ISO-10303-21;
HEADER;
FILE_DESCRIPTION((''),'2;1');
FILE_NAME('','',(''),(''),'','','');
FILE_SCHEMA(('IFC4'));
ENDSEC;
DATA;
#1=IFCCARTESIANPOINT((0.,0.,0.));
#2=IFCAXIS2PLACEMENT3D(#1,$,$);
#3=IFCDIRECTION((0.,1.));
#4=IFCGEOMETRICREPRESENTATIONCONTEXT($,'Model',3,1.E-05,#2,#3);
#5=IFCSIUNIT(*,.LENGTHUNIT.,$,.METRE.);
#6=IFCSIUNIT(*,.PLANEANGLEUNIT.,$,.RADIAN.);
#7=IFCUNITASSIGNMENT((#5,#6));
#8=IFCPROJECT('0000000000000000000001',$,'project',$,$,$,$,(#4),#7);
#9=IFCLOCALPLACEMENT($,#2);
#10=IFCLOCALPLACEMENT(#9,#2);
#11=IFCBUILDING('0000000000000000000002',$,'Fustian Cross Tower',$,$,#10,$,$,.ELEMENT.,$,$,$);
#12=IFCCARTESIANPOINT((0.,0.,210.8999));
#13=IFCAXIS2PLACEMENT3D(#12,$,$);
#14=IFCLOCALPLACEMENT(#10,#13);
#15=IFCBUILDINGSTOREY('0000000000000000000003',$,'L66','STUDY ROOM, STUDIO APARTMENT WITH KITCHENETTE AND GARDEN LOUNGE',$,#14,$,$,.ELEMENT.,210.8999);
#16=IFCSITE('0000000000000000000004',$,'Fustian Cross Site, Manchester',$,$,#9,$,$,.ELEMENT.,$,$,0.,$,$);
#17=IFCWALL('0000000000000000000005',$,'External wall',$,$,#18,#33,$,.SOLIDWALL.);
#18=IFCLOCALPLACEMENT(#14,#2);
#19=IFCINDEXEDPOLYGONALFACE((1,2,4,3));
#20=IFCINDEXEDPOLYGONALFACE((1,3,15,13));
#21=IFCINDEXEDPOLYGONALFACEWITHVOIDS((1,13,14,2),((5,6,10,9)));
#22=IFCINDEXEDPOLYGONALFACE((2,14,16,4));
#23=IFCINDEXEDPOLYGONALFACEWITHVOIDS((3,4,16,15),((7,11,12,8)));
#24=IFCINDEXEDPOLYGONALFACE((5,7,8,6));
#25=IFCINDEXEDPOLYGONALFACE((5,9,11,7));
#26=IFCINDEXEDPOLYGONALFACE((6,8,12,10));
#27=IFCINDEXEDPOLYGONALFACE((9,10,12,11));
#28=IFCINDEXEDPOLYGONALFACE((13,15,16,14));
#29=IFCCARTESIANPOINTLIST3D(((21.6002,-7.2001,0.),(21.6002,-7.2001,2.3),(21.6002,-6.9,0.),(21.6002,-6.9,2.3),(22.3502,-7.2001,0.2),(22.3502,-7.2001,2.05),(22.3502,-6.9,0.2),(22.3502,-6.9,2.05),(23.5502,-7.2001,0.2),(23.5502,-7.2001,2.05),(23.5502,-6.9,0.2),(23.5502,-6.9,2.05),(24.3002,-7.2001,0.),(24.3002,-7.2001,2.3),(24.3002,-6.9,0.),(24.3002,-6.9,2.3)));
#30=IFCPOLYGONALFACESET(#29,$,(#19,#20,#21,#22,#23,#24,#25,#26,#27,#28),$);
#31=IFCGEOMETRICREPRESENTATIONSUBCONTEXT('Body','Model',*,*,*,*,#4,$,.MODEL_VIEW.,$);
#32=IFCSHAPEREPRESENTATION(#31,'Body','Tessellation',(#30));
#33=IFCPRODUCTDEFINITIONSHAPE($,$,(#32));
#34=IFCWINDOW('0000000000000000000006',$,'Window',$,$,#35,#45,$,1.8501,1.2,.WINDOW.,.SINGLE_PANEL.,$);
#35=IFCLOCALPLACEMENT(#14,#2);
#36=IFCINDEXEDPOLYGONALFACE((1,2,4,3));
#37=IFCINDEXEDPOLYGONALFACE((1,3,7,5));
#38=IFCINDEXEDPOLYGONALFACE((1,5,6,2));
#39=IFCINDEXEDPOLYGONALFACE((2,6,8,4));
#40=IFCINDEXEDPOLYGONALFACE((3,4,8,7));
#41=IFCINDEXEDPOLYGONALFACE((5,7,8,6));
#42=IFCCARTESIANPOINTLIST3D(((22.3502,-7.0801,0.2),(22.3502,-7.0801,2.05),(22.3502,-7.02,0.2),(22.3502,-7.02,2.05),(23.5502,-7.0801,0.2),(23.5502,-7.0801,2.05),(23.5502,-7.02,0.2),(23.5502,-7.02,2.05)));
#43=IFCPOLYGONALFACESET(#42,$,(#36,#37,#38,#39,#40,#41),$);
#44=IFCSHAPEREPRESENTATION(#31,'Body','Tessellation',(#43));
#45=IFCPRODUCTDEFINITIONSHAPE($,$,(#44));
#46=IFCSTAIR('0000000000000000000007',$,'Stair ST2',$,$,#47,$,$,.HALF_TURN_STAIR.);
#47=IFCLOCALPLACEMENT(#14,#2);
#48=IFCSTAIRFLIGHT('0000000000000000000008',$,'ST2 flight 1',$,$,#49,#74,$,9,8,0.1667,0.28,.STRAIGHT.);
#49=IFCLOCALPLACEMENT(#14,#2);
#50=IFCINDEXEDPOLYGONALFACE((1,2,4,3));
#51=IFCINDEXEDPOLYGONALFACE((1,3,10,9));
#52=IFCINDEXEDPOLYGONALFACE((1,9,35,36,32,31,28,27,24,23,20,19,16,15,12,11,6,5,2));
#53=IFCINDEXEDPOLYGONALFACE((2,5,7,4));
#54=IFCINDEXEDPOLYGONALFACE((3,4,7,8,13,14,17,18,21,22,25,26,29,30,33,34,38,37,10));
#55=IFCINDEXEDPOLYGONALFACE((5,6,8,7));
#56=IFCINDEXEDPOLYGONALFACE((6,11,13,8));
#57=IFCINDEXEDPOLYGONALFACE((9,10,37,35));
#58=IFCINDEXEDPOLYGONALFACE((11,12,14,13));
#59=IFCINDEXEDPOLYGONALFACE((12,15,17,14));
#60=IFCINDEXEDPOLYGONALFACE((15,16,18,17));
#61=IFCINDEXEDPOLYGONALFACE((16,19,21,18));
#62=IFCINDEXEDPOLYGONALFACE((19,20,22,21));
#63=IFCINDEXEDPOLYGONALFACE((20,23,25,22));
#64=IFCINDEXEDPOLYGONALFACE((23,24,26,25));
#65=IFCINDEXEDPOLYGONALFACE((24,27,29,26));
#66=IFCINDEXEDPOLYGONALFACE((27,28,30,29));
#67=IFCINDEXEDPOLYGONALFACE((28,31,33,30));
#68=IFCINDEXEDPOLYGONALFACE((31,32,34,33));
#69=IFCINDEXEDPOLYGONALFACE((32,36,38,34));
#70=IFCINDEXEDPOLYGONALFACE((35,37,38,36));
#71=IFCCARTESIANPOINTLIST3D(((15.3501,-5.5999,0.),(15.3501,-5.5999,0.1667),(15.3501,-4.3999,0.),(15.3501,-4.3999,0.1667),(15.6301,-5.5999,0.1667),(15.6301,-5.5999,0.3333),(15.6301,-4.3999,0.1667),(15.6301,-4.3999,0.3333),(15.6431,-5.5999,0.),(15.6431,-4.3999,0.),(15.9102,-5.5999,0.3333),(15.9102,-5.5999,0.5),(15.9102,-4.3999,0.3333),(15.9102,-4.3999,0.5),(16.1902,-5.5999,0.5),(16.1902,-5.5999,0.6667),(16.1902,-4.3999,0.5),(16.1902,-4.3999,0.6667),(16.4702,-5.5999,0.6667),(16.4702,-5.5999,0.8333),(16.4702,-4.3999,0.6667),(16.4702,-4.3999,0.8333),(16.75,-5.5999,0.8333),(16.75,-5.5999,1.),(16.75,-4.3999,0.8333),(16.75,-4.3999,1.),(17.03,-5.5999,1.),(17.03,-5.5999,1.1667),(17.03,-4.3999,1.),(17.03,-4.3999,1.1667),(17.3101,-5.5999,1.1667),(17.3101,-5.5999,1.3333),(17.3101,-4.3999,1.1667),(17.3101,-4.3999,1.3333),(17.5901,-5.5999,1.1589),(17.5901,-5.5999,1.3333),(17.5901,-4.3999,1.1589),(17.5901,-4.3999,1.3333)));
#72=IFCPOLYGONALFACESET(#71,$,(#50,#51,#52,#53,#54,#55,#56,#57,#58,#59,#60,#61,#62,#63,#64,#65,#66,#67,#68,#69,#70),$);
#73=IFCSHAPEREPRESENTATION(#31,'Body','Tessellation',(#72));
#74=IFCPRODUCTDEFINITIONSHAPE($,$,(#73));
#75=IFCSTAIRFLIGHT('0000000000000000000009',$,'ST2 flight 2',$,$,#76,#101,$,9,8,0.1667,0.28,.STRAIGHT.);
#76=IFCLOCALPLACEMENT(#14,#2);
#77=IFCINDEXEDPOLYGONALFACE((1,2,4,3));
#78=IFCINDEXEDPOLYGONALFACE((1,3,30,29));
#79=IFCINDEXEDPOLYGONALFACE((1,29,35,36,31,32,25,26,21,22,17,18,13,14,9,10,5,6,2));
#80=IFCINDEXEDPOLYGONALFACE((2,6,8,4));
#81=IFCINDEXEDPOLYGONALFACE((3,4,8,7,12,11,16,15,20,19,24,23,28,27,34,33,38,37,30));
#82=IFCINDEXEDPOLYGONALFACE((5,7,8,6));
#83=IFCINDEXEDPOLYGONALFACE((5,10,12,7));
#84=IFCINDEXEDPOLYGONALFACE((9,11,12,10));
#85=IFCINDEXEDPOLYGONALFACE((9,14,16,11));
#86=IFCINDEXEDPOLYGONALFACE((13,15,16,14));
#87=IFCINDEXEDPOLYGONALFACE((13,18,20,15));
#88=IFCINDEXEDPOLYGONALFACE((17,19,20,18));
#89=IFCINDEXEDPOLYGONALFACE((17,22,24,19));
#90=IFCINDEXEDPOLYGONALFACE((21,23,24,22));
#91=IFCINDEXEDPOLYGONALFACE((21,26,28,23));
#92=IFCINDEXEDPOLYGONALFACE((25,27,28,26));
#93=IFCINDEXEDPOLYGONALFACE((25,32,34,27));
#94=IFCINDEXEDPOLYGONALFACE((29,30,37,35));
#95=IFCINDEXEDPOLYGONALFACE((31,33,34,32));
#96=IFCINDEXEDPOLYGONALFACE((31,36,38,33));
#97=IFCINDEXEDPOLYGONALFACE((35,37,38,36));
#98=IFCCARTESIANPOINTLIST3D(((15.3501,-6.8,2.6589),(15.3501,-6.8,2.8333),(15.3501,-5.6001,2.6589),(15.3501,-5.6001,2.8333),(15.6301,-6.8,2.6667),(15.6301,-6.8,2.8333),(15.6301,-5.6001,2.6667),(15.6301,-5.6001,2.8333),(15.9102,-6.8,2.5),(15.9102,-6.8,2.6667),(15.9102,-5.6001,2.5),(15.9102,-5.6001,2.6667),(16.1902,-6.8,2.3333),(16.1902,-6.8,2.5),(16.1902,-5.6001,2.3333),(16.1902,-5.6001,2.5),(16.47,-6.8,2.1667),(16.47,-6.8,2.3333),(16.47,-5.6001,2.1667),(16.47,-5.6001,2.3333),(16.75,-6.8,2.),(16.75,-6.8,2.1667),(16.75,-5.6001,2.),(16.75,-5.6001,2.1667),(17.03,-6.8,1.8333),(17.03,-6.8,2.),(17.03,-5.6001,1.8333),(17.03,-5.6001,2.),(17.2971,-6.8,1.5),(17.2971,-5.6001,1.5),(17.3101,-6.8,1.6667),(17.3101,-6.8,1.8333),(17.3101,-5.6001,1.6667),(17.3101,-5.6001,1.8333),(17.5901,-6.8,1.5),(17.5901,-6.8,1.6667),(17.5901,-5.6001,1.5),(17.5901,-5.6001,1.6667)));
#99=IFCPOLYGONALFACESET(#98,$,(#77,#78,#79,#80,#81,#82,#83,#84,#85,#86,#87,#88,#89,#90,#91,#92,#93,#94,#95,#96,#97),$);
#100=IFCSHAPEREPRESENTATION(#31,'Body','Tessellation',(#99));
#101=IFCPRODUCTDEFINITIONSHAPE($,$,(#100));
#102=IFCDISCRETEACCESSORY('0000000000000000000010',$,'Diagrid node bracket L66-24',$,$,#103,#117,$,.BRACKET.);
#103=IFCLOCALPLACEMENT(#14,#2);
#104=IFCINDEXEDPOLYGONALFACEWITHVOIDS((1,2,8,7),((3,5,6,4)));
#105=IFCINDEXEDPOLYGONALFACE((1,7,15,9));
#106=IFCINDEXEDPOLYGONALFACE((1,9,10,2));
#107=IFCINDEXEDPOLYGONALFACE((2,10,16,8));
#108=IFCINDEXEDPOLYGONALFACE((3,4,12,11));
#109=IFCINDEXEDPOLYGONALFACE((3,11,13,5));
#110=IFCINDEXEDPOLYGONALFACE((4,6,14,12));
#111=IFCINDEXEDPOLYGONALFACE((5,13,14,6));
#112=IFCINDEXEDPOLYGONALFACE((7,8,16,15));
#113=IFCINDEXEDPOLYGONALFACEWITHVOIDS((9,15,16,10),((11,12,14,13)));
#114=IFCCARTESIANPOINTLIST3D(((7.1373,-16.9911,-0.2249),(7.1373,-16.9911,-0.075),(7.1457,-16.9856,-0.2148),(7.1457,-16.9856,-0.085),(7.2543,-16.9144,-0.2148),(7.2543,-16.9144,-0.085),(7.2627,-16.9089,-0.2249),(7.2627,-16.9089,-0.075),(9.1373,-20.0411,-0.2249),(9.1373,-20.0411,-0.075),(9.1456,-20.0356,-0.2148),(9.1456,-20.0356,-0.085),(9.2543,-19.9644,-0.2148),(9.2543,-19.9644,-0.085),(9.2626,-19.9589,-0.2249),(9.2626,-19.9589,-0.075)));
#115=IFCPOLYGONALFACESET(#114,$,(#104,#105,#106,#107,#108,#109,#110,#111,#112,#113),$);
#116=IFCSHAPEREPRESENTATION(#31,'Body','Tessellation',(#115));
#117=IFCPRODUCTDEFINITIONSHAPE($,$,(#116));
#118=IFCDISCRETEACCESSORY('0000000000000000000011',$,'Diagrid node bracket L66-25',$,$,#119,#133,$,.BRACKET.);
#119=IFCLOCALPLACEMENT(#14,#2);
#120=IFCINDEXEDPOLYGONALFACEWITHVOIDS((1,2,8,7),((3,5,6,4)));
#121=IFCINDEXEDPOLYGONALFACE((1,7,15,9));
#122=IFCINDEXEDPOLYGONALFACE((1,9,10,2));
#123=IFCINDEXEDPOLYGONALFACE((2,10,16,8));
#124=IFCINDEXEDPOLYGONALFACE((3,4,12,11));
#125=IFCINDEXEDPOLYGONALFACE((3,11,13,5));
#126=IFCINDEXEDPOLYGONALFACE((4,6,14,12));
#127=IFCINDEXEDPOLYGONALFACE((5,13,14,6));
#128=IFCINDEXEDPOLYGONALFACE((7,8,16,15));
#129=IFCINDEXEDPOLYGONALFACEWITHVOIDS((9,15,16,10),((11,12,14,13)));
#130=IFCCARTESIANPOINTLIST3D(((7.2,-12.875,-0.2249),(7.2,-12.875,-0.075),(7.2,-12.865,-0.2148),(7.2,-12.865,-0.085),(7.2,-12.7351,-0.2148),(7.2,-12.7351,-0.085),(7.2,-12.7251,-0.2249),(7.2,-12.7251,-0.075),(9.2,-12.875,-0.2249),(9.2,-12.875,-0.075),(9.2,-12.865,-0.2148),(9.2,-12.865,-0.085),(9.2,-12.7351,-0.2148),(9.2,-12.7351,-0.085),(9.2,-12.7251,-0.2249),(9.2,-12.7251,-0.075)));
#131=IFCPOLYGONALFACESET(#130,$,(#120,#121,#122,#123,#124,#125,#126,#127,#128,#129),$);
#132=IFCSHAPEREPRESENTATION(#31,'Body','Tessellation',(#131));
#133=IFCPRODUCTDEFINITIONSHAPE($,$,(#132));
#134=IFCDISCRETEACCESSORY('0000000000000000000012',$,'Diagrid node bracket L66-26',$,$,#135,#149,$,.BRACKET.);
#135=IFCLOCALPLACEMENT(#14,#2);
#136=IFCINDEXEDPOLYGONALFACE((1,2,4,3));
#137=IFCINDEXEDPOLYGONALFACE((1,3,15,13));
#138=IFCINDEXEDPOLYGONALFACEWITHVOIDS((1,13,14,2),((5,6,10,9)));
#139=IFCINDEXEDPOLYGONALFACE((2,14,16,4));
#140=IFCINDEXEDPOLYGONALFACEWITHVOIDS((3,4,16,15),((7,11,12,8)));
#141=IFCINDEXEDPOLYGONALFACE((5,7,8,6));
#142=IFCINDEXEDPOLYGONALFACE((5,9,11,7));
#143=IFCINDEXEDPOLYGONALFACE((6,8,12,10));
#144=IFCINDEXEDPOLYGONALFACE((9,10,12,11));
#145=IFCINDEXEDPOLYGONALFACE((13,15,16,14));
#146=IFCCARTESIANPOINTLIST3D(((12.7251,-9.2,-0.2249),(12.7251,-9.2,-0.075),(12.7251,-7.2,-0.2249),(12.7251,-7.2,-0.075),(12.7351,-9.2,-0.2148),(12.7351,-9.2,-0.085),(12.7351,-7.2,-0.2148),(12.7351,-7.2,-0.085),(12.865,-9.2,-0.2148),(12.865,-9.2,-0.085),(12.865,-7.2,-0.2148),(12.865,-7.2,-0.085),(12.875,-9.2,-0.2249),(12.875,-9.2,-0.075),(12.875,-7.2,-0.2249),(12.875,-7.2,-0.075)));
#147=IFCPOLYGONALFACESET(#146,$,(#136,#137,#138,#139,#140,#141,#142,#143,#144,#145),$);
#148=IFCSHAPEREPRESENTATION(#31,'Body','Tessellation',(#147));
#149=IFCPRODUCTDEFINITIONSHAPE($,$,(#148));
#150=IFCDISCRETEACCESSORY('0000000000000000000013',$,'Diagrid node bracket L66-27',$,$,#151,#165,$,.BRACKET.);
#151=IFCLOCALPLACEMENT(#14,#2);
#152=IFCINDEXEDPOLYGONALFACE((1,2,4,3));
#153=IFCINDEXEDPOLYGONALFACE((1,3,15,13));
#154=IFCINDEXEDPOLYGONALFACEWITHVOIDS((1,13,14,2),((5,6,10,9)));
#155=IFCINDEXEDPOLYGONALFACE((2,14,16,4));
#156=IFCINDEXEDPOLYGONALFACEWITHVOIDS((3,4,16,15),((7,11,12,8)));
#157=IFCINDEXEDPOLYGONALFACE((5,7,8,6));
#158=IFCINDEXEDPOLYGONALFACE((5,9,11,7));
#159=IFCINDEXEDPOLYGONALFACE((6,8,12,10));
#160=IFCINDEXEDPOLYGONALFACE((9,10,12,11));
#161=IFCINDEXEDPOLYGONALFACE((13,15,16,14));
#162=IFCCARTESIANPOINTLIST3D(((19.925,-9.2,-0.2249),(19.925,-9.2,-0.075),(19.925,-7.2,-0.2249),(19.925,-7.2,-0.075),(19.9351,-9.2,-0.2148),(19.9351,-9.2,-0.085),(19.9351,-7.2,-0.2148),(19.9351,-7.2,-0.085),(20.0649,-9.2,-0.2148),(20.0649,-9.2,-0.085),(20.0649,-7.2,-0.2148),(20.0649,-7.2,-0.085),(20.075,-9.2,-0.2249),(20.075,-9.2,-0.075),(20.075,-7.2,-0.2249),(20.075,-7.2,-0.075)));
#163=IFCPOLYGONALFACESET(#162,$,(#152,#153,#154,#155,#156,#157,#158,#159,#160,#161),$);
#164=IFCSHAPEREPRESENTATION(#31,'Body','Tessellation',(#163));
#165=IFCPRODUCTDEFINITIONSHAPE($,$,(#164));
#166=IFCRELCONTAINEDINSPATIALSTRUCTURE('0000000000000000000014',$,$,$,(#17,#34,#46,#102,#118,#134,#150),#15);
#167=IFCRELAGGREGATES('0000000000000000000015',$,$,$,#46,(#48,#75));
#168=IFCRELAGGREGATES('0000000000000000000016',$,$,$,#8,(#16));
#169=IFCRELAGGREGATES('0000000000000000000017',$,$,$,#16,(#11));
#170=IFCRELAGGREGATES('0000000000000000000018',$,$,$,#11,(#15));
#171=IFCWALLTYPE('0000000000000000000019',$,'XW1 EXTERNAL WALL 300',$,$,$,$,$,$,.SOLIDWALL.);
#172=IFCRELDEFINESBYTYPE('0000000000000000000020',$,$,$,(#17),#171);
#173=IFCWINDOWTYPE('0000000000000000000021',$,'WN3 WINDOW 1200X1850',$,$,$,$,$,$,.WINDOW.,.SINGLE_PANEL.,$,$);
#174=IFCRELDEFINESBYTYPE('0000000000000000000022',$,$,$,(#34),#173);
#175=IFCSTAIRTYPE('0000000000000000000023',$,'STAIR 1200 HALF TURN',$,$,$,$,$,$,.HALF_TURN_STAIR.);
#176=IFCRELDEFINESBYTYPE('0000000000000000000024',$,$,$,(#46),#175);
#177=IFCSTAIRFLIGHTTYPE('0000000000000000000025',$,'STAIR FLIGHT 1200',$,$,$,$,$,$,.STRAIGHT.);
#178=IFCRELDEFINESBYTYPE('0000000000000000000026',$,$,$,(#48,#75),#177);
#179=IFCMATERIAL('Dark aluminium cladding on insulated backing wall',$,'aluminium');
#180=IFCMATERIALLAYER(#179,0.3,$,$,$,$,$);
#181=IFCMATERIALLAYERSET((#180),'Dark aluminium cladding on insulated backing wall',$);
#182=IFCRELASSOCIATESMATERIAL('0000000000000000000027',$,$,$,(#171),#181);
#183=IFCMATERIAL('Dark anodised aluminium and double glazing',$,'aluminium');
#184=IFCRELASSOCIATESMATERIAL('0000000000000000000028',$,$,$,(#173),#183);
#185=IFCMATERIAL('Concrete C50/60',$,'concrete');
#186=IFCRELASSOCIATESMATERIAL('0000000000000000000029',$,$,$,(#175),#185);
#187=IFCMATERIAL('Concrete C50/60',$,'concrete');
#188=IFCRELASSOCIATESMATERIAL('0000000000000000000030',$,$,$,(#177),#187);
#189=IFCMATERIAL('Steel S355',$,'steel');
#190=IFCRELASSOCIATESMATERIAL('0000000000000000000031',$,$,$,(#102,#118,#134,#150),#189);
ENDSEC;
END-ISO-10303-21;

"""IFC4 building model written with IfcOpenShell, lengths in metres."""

from ifc_helpers import new_model, si_unit, direction, frame, frame_2d, origin, origin_2d, place, context, subcontext, project, spatial, polyline, rectangle, hollow_rectangle, outline, extrude, material, layer, layer_set, type_object, element, fill, aggregate, save


model = new_model("IFC4")

# Units and contexts
model_context = context("Model", 3, precision=1e-05, world=origin(), true_north=direction((0.0, 1.0)))
body_context = subcontext(model_context, "Body", "Model", "MODEL_VIEW")
ifc_project = project(units=[si_unit("LENGTHUNIT", "METRE"), si_unit("PLANEANGLEUNIT", "RADIAN")], contexts=[model_context])

# Site, building, storey
site_placement = place(None, origin())
site = spatial("IfcSite", under=ifc_project, at=site_placement, Name="Fustian Cross Site, Manchester", CompositionType="ELEMENT", RefElevation=0.0)
building_placement = place(site_placement, origin())
building = spatial("IfcBuilding", under=site, at=building_placement, Name="Fustian Cross Tower", CompositionType="ELEMENT")
storey_placement = place(building_placement, frame((0.0, 0.0, 210.8999)))
storey = spatial("IfcBuildingStorey", under=building, at=storey_placement, Name="L66", Description="STUDY ROOM, STUDIO APARTMENT WITH KITCHENETTE AND GARDEN LOUNGE", CompositionType="ELEMENT", Elevation=210.8999)

# Wall, opening, window
ifc_material_1 = material(Name="Dark aluminium cladding on insulated backing wall", Category="aluminium")
ifc_layer_1 = layer(ifc_material_1, 0.3)
ifc_layer_set_1 = layer_set([ifc_layer_1], Name="Dark aluminium cladding on insulated backing wall")
wall_type_1 = type_object("IfcWallType", Name="XW1 EXTERNAL WALL 300", PredefinedType="SOLIDWALL", material=ifc_layer_set_1)
wall_1_placement = place(storey_placement, frame((21.6001, -7.05, 0.0), z_axis=(0.0, 0.0, 1.0), x_axis=(1.0, 0.0, 0.0)))
wall_1 = element("IfcWall", 1, at=wall_1_placement, inside=storey, type_object=wall_type_1, Name="External wall", PredefinedType="SOLIDWALL", context=body_context, shape_type="SweptSolid", body=[
    extrude(rectangle(XDim=2.7, YDim=0.3, at=frame_2d((1.3501, 0.0))), origin(), (0.0, 0.0, 1.0), 2.3),
])
opening_1_placement = place(wall_1_placement, frame((0.75, 0.0, 0.2)))
opening_1 = element("IfcOpeningElement", 2, at=opening_1_placement, cuts=wall_1, PredefinedType="OPENING", context=body_context, shape_type="SweptSolid", body=[
    extrude(rectangle(XDim=1.2, YDim=1.8501, at=frame_2d((0.6001, 0.925))), frame((0.0, 0.1599, 0.0), z_axis=(0.0, -1.0, 0.0), x_axis=(1.0, 0.0, 0.0)), (0.0, 0.0, 1.0), 0.3201),
])
ifc_material_2 = material(Name="Dark anodised aluminium and double glazing", Category="aluminium")
window_type = type_object("IfcWindowType", Name="WN3 WINDOW 1200X1850", PartitioningType="SINGLE_PANEL", PredefinedType="WINDOW", material=ifc_material_2)
window_placement = place(opening_1_placement, origin())
window = element("IfcWindow", 3, at=window_placement, inside=storey, type_object=window_type, Name="Window", OverallHeight=1.8501, OverallWidth=1.2, PartitioningType="SINGLE_PANEL", PredefinedType="WINDOW", context=body_context, shape_type="SweptSolid", body=[
    extrude(rectangle(XDim=1.2, YDim=1.8501, at=frame_2d((0.6001, 0.925))), frame((0.0, 0.03, 0.0), z_axis=(0.0, -1.0, 0.0), x_axis=(1.0, 0.0, 0.0)), (0.0, 0.0, 1.0), 0.0601),
])
fill(opening_1, window)

# Stair, stair flights
ifc_material_3 = material(Name="Concrete C50/60", Category="concrete")
stair_type = type_object("IfcStairType", Name="STAIR 1200 HALF TURN", PredefinedType="HALF_TURN_STAIR", material=ifc_material_3)
stair_placement = place(storey_placement, origin())
stair = element("IfcStair", 4, at=stair_placement, inside=storey, type_object=stair_type, Name="Stair ST2", PredefinedType="HALF_TURN_STAIR")
ifc_material_4 = material(Name="Concrete C50/60", Category="concrete")
stair_flight_type = type_object("IfcStairFlightType", Name="STAIR FLIGHT 1200", PredefinedType="STRAIGHT", material=ifc_material_4)
stair_flight_1_placement = place(storey_placement, frame((15.3501, -5.0, 0.0), z_axis=(0.0, 0.0, 1.0), x_axis=(1.0, 0.0, 0.0)))
stair_flight_1 = element("IfcStairFlight", 5, at=stair_flight_1_placement, type_object=stair_flight_type, Name="ST2 flight 1", NumberOfRisers=9, NumberOfTreads=8, PredefinedType="STRAIGHT", RiserHeight=0.1667, TreadLength=0.28, context=body_context, shape_type="SweptSolid", body=[
    extrude(outline(polyline([(0.0, 0.0), (0.0, 0.1667), (0.28, 0.1667), (0.28, 0.3333), (0.5601, 0.3333), (0.5601, 0.5), (0.8401, 0.5), (0.8401, 0.6667), (1.1201, 0.6667), (1.1201, 0.8333), (1.3999, 0.8333), (1.3999, 1.0), (1.6799, 1.0), (1.6799, 1.1667), (1.96, 1.1667), (1.96, 1.3333), (2.24, 1.3333), (2.24, 1.5), (2.24, 1.1589), (0.293, 0.0), (0.0, 0.0)])), frame((0.0, 0.6001, 0.0), z_axis=(0.0, -1.0, 0.0), x_axis=(1.0, 0.0, 0.0)), (0.0, 0.0, 1.0), 1.2),
])
stair_flight_2_placement = place(storey_placement, frame((17.5901, -6.2, 1.5), z_axis=(0.0, 0.0, 1.0), x_axis=(-1.0, 0.0, 0.0)))
stair_flight_2 = element("IfcStairFlight", 6, at=stair_flight_2_placement, type_object=stair_flight_type, Name="ST2 flight 2", NumberOfRisers=9, NumberOfTreads=8, PredefinedType="STRAIGHT", RiserHeight=0.1667, TreadLength=0.28, context=body_context, shape_type="SweptSolid", body=[
    extrude(outline(polyline([(0.0, 0.0), (0.0, 0.1667), (0.28, 0.1667), (0.28, 0.3333), (0.5601, 0.3333), (0.5601, 0.5), (0.8401, 0.5), (0.8401, 0.6667), (1.1201, 0.6667), (1.1201, 0.8333), (1.3999, 0.8333), (1.3999, 1.0), (1.6799, 1.0), (1.6799, 1.1667), (1.96, 1.1667), (1.96, 1.3333), (2.24, 1.3333), (2.24, 1.5), (2.24, 1.1589), (0.293, 0.0), (0.0, 0.0)])), frame((0.0, 0.6001, 0.0), z_axis=(0.0, -1.0, 0.0), x_axis=(1.0, 0.0, 0.0)), (0.0, 0.0, 1.0), 1.2),
])
aggregate(stair, [stair_flight_1, stair_flight_2])

# Discrete accessories
ifc_material_5 = material(Name="Steel S355", Category="steel")
discrete_accessory_placement = place(storey_placement, frame((9.2, -20.0, -0.1499), z_axis=(-0.548351, 0.836248, 0.0), x_axis=(-0.836248, -0.548351, 0.0)))
element("IfcDiscreteAccessory", 7, at=discrete_accessory_placement, inside=storey, material=ifc_material_5, Name="Diagrid node bracket L66-24", PredefinedType="BRACKET", context=body_context, shape_type="SweptSolid", body=[
    extrude(hollow_rectangle(XDim=0.1499, YDim=0.1499, WallThickness=0.01, at=origin_2d()), origin(), (0.0, 0.0, 1.0), 3.6472),
])
for number, where, z_axis, x_axis, name in (
    (8, (9.2, -12.8, -0.1499), (-1.0, 0.0, 0.0), (0.0, -1.0, 0.0), "Diagrid node bracket L66-25"),
    (9, (12.8, -9.2, -0.1499), (0.0, 1.0, 0.0), (-1.0, 0.0, 0.0), "Diagrid node bracket L66-26"),
    (10, (20.0, -9.2, -0.1499), (0.0, 1.0, 0.0), (-1.0, 0.0, 0.0), "Diagrid node bracket L66-27"),
):
    element("IfcDiscreteAccessory", number, at=place(storey_placement, frame(where, z_axis=z_axis, x_axis=x_axis)), inside=storey, material=ifc_material_5, Name=name, PredefinedType="BRACKET", context=body_context, shape_type="SweptSolid", body=[
        extrude(hollow_rectangle(XDim=0.1499, YDim=0.1499, WallThickness=0.01, at=origin_2d()), origin(), (0.0, 0.0, 1.0), 2.0),
    ])

save(model, "model.ifc")
